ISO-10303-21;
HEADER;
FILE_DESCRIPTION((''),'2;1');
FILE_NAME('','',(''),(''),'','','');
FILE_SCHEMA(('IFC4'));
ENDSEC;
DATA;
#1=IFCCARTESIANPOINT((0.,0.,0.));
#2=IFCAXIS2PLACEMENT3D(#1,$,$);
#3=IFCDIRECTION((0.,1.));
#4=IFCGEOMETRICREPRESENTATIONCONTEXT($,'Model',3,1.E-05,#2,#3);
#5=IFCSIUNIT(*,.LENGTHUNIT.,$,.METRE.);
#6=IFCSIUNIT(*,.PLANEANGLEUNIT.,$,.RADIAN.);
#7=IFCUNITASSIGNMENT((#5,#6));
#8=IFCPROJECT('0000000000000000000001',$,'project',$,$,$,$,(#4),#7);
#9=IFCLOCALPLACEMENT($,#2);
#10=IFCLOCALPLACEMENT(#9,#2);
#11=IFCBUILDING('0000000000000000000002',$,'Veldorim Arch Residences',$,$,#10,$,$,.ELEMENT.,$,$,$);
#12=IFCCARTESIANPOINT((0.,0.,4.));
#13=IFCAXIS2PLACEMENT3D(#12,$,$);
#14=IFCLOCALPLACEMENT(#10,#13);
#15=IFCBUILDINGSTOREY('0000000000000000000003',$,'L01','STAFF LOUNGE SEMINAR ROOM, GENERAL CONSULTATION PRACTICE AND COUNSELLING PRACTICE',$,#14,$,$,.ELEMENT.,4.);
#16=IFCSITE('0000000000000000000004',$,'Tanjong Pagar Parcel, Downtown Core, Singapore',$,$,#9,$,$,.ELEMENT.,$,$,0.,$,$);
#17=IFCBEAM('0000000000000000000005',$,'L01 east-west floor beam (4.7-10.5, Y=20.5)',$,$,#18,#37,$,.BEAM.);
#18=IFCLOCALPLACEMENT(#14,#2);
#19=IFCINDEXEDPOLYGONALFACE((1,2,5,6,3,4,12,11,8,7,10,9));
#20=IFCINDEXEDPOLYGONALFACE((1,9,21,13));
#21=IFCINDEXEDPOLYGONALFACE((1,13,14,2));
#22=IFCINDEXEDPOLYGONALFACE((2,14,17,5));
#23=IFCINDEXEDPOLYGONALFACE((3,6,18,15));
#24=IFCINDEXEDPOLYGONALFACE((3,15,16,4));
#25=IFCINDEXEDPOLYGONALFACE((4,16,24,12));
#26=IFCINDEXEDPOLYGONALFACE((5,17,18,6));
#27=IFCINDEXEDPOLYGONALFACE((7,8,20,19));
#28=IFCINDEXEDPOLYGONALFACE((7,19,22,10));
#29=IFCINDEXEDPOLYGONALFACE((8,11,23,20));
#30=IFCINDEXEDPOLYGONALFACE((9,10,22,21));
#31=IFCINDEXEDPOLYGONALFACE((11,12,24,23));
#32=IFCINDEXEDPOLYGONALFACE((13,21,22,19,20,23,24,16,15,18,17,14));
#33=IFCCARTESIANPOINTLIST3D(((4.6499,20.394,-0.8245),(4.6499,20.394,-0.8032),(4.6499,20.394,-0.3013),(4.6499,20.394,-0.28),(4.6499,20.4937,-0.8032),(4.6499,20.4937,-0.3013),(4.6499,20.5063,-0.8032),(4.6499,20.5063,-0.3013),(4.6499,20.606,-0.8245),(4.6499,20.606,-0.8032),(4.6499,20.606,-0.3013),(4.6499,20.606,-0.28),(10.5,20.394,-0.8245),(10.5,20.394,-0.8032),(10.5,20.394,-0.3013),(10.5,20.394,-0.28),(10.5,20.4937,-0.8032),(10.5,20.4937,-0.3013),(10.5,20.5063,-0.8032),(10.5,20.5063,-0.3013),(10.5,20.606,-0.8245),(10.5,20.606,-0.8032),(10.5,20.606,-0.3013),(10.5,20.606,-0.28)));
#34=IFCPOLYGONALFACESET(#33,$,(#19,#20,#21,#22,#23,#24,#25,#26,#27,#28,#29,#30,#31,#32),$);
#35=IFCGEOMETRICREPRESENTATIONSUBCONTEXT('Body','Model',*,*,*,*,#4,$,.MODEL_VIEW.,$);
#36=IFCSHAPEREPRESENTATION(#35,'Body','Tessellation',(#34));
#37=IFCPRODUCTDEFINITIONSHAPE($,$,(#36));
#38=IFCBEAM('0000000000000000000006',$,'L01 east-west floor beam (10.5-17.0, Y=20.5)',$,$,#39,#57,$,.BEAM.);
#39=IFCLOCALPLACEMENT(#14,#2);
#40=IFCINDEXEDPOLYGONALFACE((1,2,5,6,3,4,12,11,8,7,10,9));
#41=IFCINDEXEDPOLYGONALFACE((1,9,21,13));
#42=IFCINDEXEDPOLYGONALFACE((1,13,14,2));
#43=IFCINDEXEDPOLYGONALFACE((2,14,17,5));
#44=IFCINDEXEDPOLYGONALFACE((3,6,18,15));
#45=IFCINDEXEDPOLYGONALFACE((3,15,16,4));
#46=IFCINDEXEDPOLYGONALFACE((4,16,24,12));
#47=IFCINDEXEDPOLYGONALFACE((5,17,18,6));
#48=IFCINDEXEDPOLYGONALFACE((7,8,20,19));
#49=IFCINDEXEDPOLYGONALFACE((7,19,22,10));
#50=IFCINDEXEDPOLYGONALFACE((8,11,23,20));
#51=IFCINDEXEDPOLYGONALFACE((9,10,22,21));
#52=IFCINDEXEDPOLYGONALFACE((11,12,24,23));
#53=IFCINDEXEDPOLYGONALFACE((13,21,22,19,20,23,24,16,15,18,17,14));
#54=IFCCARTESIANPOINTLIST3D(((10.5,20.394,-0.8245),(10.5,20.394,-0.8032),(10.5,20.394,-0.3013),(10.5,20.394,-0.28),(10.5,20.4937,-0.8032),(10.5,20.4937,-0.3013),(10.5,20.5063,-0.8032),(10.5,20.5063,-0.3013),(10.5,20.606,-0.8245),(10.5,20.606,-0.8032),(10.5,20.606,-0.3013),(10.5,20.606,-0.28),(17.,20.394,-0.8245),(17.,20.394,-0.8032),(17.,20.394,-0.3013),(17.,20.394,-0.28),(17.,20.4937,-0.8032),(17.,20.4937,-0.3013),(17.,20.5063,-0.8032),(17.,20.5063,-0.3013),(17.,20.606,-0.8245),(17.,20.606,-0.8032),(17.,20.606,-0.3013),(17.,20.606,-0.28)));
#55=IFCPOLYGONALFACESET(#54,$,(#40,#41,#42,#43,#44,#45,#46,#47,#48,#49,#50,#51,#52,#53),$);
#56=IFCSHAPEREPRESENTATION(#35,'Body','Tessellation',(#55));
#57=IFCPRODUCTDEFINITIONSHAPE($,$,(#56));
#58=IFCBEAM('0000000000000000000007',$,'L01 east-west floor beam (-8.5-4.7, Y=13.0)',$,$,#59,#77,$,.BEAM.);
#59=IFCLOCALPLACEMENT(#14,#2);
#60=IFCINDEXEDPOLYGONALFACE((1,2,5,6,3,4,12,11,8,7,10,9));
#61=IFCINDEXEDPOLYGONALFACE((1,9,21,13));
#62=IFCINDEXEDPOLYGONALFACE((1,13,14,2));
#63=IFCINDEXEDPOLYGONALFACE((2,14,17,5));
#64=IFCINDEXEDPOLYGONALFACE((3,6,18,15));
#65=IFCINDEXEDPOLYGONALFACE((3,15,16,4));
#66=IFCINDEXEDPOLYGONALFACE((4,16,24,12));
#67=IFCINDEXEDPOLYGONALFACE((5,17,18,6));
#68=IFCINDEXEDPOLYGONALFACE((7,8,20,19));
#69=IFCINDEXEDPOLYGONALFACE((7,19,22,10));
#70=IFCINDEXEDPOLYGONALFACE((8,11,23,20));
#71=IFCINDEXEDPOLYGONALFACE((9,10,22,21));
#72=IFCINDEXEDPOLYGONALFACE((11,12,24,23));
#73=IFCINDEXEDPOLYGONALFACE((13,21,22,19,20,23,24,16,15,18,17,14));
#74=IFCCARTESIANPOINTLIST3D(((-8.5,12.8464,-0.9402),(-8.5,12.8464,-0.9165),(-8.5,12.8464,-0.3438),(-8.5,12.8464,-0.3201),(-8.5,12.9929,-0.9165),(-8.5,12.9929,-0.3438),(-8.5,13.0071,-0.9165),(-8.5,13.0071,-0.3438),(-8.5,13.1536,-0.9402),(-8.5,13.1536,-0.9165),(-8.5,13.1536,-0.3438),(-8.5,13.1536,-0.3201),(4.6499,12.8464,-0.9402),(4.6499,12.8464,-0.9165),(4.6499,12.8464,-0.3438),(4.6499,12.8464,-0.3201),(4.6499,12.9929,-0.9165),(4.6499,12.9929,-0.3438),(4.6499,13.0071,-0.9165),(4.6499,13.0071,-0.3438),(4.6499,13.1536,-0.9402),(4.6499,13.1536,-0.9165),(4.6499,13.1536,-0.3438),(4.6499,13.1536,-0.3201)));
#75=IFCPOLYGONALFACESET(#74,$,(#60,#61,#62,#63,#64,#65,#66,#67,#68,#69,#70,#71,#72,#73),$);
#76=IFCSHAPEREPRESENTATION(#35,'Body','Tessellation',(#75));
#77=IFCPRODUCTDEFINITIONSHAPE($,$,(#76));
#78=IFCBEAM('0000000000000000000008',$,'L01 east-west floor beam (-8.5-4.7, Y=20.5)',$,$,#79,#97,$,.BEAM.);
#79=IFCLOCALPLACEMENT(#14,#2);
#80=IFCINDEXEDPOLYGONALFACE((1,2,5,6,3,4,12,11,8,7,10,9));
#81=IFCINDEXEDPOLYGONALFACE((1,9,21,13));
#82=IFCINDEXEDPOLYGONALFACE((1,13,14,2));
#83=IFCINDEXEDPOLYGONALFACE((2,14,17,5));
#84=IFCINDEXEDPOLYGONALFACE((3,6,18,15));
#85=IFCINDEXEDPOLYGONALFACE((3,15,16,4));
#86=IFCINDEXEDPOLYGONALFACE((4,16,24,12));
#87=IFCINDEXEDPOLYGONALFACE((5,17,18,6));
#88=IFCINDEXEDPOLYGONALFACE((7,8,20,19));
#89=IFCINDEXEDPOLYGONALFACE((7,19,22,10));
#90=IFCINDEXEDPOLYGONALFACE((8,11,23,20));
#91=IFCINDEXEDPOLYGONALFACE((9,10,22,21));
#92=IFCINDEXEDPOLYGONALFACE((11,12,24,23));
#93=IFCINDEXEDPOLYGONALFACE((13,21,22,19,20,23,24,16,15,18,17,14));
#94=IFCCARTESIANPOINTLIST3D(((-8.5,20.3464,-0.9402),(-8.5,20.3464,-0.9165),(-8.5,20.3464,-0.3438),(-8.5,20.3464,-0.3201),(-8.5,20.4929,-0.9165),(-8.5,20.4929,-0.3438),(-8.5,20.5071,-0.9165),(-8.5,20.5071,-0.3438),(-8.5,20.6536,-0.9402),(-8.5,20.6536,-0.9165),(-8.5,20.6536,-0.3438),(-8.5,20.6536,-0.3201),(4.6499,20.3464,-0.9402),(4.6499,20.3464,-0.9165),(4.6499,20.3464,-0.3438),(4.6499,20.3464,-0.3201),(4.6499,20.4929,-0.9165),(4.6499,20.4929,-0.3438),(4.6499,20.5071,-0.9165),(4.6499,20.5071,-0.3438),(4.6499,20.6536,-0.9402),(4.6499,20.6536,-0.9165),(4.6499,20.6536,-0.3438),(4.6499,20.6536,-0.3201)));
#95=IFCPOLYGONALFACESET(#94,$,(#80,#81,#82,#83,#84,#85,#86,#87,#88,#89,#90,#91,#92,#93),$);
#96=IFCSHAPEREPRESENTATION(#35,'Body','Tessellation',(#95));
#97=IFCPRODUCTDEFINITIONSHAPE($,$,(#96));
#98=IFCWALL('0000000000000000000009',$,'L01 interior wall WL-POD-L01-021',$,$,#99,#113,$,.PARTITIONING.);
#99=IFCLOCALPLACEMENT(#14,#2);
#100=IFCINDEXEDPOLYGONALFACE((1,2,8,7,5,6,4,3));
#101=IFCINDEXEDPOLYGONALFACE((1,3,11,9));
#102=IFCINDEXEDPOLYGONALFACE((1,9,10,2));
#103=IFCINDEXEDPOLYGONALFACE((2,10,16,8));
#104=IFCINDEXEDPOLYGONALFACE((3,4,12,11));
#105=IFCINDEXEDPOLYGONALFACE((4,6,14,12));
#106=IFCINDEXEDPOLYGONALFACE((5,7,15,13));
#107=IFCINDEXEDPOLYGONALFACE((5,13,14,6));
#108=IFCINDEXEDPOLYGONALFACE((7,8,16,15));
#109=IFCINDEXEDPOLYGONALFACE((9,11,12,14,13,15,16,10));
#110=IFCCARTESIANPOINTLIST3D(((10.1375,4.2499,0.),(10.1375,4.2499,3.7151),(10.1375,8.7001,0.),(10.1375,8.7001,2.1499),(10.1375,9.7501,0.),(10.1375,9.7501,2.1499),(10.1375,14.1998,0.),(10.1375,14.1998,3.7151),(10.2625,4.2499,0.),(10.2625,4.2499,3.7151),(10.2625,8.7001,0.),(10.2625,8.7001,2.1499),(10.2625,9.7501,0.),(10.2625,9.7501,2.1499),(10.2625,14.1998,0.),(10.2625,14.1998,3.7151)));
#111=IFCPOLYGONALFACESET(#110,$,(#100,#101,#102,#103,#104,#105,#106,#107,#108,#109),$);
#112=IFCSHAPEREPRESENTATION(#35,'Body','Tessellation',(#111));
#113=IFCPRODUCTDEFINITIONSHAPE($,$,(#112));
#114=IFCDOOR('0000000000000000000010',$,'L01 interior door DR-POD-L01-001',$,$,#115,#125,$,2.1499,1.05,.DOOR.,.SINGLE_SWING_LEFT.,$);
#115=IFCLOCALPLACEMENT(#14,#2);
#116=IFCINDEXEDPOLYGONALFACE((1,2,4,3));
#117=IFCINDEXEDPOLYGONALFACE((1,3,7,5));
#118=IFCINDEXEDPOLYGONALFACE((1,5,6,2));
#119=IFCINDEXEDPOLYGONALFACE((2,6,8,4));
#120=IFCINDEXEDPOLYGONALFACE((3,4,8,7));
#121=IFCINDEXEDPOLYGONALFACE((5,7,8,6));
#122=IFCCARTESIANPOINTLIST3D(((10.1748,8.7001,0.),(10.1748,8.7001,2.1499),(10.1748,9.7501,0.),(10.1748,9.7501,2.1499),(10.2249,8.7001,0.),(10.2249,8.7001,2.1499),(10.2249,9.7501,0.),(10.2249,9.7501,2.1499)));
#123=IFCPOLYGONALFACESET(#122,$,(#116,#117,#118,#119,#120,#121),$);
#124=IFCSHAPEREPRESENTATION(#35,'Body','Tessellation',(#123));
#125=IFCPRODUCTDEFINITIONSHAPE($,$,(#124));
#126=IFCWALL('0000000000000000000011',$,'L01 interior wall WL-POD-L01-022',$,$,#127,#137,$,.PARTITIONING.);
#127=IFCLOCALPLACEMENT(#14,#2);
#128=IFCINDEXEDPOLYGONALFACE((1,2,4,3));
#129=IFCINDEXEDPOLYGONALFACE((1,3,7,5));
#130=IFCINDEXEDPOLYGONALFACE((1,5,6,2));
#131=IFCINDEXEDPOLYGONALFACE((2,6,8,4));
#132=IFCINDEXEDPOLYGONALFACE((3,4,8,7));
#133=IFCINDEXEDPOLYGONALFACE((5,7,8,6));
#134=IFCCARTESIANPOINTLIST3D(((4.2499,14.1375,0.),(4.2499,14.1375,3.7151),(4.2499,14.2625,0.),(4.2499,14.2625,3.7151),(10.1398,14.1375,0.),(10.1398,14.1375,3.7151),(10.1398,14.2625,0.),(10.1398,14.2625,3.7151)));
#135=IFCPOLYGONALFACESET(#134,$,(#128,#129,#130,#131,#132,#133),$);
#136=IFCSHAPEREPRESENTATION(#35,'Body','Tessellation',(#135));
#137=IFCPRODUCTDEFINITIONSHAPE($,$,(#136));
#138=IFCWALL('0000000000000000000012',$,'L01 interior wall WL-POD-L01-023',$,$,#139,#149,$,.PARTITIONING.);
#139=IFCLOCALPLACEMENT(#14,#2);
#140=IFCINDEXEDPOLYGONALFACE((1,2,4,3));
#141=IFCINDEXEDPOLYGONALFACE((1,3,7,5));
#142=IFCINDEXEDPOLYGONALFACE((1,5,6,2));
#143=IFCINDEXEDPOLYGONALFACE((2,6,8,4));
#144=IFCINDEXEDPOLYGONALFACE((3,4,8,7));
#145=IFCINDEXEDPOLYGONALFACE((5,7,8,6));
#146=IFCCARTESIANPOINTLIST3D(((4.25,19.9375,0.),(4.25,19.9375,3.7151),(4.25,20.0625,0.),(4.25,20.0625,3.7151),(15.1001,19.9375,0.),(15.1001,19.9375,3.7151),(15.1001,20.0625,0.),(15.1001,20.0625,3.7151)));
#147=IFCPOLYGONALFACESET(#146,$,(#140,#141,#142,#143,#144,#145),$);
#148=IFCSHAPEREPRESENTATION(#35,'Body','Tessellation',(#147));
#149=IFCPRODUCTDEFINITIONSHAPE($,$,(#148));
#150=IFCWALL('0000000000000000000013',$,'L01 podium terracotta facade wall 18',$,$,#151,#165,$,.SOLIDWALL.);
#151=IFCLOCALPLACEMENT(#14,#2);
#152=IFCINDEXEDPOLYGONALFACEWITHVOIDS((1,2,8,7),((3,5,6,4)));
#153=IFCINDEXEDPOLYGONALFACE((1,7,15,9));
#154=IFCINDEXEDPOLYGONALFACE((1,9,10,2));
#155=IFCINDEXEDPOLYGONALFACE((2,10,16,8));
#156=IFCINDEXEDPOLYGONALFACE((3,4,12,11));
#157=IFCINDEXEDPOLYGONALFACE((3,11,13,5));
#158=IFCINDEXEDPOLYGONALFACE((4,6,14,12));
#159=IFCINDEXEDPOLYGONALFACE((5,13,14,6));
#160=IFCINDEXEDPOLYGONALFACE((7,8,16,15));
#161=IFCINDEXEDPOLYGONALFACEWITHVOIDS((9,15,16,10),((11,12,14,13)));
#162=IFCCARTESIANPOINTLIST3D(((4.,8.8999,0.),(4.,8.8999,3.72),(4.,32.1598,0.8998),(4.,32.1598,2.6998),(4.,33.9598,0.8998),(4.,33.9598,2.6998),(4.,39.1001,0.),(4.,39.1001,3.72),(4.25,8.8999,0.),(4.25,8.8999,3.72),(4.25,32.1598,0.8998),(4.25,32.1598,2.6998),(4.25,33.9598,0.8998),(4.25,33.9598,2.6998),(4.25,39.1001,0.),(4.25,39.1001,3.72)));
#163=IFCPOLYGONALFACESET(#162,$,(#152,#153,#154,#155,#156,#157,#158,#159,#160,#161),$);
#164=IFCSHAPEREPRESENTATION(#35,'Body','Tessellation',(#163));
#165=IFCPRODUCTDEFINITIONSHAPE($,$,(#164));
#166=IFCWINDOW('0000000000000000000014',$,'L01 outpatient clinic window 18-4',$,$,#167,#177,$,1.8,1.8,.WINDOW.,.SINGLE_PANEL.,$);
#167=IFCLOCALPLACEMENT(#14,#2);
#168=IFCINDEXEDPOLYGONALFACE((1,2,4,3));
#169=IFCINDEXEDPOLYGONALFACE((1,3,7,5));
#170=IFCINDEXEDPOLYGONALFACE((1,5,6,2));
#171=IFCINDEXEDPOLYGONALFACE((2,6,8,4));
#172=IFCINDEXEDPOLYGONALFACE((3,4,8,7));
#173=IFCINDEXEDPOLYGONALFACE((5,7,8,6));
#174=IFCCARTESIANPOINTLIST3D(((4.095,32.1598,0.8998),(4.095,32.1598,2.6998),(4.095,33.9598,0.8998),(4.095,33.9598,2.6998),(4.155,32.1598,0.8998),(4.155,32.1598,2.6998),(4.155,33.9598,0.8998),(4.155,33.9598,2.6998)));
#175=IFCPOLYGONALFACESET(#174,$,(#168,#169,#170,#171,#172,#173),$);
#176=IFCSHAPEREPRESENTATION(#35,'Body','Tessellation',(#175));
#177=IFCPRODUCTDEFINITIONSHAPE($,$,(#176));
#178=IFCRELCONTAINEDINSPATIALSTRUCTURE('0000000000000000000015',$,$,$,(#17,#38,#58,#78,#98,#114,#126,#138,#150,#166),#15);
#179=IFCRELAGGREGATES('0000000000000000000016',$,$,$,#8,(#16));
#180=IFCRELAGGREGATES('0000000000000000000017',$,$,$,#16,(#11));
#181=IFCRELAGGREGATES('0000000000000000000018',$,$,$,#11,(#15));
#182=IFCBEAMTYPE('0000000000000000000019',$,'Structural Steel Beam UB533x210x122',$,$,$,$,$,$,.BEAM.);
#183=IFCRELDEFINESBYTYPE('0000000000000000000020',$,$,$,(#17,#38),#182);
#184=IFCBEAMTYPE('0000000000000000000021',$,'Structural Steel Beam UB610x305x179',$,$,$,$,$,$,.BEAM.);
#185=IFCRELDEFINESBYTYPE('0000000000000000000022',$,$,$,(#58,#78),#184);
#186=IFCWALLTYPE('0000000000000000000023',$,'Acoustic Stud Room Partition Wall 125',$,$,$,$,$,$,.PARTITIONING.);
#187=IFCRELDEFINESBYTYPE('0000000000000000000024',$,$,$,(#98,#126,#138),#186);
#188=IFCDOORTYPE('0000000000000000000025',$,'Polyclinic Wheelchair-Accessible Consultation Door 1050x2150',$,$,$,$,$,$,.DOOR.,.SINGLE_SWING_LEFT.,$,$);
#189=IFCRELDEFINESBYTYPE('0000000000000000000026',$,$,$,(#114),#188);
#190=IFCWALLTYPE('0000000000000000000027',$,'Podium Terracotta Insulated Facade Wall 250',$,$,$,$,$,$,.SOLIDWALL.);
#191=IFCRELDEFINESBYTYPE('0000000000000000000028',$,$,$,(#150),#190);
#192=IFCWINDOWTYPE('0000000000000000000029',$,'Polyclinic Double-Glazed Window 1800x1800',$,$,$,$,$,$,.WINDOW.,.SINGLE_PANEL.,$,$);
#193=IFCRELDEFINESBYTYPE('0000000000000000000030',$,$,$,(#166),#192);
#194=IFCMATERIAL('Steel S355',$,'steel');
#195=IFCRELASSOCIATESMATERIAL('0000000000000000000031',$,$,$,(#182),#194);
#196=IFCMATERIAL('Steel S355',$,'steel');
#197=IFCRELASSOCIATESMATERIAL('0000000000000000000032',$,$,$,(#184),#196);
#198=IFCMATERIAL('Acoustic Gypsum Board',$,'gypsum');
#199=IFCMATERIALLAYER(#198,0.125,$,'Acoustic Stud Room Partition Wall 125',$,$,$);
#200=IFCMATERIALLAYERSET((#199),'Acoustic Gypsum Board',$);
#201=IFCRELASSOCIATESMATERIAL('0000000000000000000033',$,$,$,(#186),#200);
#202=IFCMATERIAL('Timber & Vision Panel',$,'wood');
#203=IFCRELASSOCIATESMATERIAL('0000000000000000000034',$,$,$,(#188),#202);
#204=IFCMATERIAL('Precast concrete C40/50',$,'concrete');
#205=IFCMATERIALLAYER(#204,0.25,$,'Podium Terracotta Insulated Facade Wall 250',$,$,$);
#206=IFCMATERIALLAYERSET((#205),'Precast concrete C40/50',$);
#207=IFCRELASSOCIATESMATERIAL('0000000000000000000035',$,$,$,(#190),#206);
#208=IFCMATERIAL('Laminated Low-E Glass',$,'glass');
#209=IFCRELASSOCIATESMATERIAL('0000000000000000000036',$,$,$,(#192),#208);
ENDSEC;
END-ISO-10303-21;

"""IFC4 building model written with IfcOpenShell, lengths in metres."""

from ifc_helpers import new_model, si_unit, direction, frame, frame_2d, origin, origin_2d, place, context, subcontext, project, spatial, rectangle, i_section, extrude, material, layer, layer_set, material_profile, profile_set, type_object, element, fill, save


model = new_model("IFC4")

# Units and contexts
model_context = context("Model", 3, precision=1e-05, world=origin(), true_north=direction((0.0, 1.0)))
body_context = subcontext(model_context, "Body", "Model", "MODEL_VIEW")
ifc_project = project(units=[si_unit("LENGTHUNIT", "METRE"), si_unit("PLANEANGLEUNIT", "RADIAN")], contexts=[model_context])

# Site, building, storey
site_placement = place(None, origin())
site = spatial("IfcSite", under=ifc_project, at=site_placement, Name="Tanjong Pagar Parcel, Downtown Core, Singapore", CompositionType="ELEMENT", RefElevation=0.0)
building_placement = place(site_placement, origin())
building = spatial("IfcBuilding", under=site, at=building_placement, Name="Veldorim Arch Residences", CompositionType="ELEMENT")
storey_placement = place(building_placement, frame((0.0, 0.0, 4.0)))
storey = spatial("IfcBuildingStorey", under=building, at=storey_placement, Name="L01", Description="STAFF LOUNGE SEMINAR ROOM, GENERAL CONSULTATION PRACTICE AND COUNSELLING PRACTICE", CompositionType="ELEMENT", Elevation=4.0)

# Beams
ifc_material_1 = material(Name="Steel S355", Category="steel")
ifc_material_profile_1 = material_profile(ifc_material_1, i_section(OverallWidth=0.2119, OverallDepth=0.5444, WebThickness=0.0127, FlangeThickness=0.0212, at=origin_2d()), Name="UB533x210x122")
ifc_profile_set_1 = profile_set([ifc_material_profile_1], Name="Steel S355")
beam_type_1 = type_object("IfcBeamType", Name="Structural Steel Beam UB533x210x122", PredefinedType="BEAM", material=ifc_profile_set_1)
beam_1_placement = place(storey_placement, frame((4.6499, 20.5, -0.5522), z_axis=(1.0, 0.0, 0.0), x_axis=(0.0, 1.0, 0.0)))
element("IfcBeam", 1, at=beam_1_placement, inside=storey, type_object=beam_type_1, Name="L01 east-west floor beam (4.7-10.5, Y=20.5)", PredefinedType="BEAM", context=body_context, shape_type="SweptSolid", body=[
    extrude(i_section(OverallWidth=0.2119, OverallDepth=0.5444, WebThickness=0.0127, FlangeThickness=0.0212, at=origin_2d()), origin(), (0.0, 0.0, 1.0), 5.8501),
])
beam_2_placement = place(storey_placement, frame((10.5, 20.5, -0.5522), z_axis=(1.0, 0.0, 0.0), x_axis=(0.0, 1.0, 0.0)))
element("IfcBeam", 2, at=beam_2_placement, inside=storey, type_object=beam_type_1, Name="L01 east-west floor beam (10.5-17.0, Y=20.5)", PredefinedType="BEAM", context=body_context, shape_type="SweptSolid", body=[
    extrude(i_section(OverallWidth=0.2119, OverallDepth=0.5444, WebThickness=0.0127, FlangeThickness=0.0212, at=origin_2d()), origin(), (0.0, 0.0, 1.0), 6.5),
])
ifc_material_2 = material(Name="Steel S355", Category="steel")
ifc_material_profile_2 = material_profile(ifc_material_2, i_section(OverallWidth=0.3071, OverallDepth=0.6201, WebThickness=0.0142, FlangeThickness=0.0237, at=origin_2d()), Name="UB610x305x179")
ifc_profile_set_2 = profile_set([ifc_material_profile_2], Name="Steel S355")
beam_type_2 = type_object("IfcBeamType", Name="Structural Steel Beam UB610x305x179", PredefinedType="BEAM", material=ifc_profile_set_2)
for number, where, z_axis, x_axis, name in (
    (3, (-8.5, 13.0, -0.6301), (1.0, 0.0, 0.0), (0.0, 1.0, 0.0), "L01 east-west floor beam (-8.5-4.7, Y=13.0)"),
    (4, (-8.5, 20.5, -0.6301), (1.0, 0.0, 0.0), (0.0, 1.0, 0.0), "L01 east-west floor beam (-8.5-4.7, Y=20.5)"),
):
    element("IfcBeam", number, at=place(storey_placement, frame(where, z_axis=z_axis, x_axis=x_axis)), inside=storey, type_object=beam_type_2, Name=name, PredefinedType="BEAM", context=body_context, shape_type="SweptSolid", body=[
        extrude(i_section(OverallWidth=0.3071, OverallDepth=0.6201, WebThickness=0.0142, FlangeThickness=0.0237, at=origin_2d()), origin(), (0.0, 0.0, 1.0), 13.1499),
    ])

# Wall, opening, door
ifc_material_3 = material(Name="Acoustic Gypsum Board", Category="gypsum")
ifc_layer_1 = layer(ifc_material_3, 0.125, Name="Acoustic Stud Room Partition Wall 125")
ifc_layer_set_1 = layer_set([ifc_layer_1], Name="Acoustic Gypsum Board")
wall_type_1 = type_object("IfcWallType", Name="Acoustic Stud Room Partition Wall 125", PredefinedType="PARTITIONING", material=ifc_layer_set_1)
wall_1_placement = place(storey_placement, frame((10.2, 14.2, 0.0), z_axis=(0.0, 0.0, 1.0), x_axis=(0.0, -1.0, 0.0)))
wall_1 = element("IfcWall", 5, at=wall_1_placement, inside=storey, type_object=wall_type_1, Name="L01 interior wall WL-POD-L01-021", PredefinedType="PARTITIONING", context=body_context, shape_type="SweptSolid", body=[
    extrude(rectangle(XDim=9.95, YDim=0.125, at=frame_2d((4.9751, 0.0))), origin(), (0.0, 0.0, 1.0), 3.7151),
])
opening_1_placement = place(wall_1_placement, frame((4.45, 0.0, 0.0)))
opening_1 = element("IfcOpeningElement", 6, at=opening_1_placement, cuts=wall_1, PredefinedType="OPENING", context=body_context, shape_type="SweptSolid", body=[
    extrude(rectangle(XDim=1.05, YDim=2.1499, at=frame_2d((0.5249, 1.075))), frame((0.0, 0.0725, 0.0), z_axis=(0.0, -1.0, 0.0), x_axis=(1.0, 0.0, 0.0)), (0.0, 0.0, 1.0), 0.145),
])
ifc_material_4 = material(Name="Timber & Vision Panel", Category="wood")
door_type = type_object("IfcDoorType", Name="Polyclinic Wheelchair-Accessible Consultation Door 1050x2150", OperationType="SINGLE_SWING_LEFT", PredefinedType="DOOR", material=ifc_material_4)
door_placement = place(opening_1_placement, origin())
door = element("IfcDoor", 7, at=door_placement, inside=storey, type_object=door_type, Name="L01 interior door DR-POD-L01-001", OperationType="SINGLE_SWING_LEFT", OverallHeight=2.1499, OverallWidth=1.05, PredefinedType="DOOR", context=body_context, shape_type="SweptSolid", body=[
    extrude(rectangle(XDim=1.05, YDim=2.1499, at=frame_2d((0.5249, 1.075))), frame((0.0, 0.0249, 0.0), z_axis=(0.0, -1.0, 0.0), x_axis=(1.0, 0.0, 0.0)), (0.0, 0.0, 1.0), 0.05),
])
fill(opening_1, door)

# Walls
wall_2_placement = place(storey_placement, frame((4.25, 14.2, 0.0), z_axis=(0.0, 0.0, 1.0), x_axis=(1.0, 0.0, 0.0)))
element("IfcWall", 8, at=wall_2_placement, inside=storey, type_object=wall_type_1, Name="L01 interior wall WL-POD-L01-022", PredefinedType="PARTITIONING", context=body_context, shape_type="SweptSolid", body=[
    extrude(rectangle(XDim=5.8899, YDim=0.125, at=frame_2d((2.9448, 0.0))), origin(), (0.0, 0.0, 1.0), 3.7151),
])
wall_3_placement = place(storey_placement, frame((4.25, 20.0, 0.0), z_axis=(0.0, 0.0, 1.0), x_axis=(1.0, 0.0, 0.0)))
element("IfcWall", 9, at=wall_3_placement, inside=storey, type_object=wall_type_1, Name="L01 interior wall WL-POD-L01-023", PredefinedType="PARTITIONING", context=body_context, shape_type="SweptSolid", body=[
    extrude(rectangle(XDim=10.8501, YDim=0.125, at=frame_2d((5.425, 0.0))), origin(), (0.0, 0.0, 1.0), 3.7151),
])

# Wall, opening, window
ifc_material_5 = material(Name="Precast concrete C40/50", Category="concrete")
ifc_layer_2 = layer(ifc_material_5, 0.25, Name="Podium Terracotta Insulated Facade Wall 250")
ifc_layer_set_2 = layer_set([ifc_layer_2], Name="Precast concrete C40/50")
wall_type_2 = type_object("IfcWallType", Name="Podium Terracotta Insulated Facade Wall 250", PredefinedType="SOLIDWALL", material=ifc_layer_set_2)
wall_4_placement = place(storey_placement, frame((4.125, 8.8999, 0.0), z_axis=(0.0, 0.0, 1.0), x_axis=(0.0, 1.0, 0.0)))
wall_4 = element("IfcWall", 10, at=wall_4_placement, inside=storey, type_object=wall_type_2, Name="L01 podium terracotta facade wall 18", PredefinedType="SOLIDWALL", context=body_context, shape_type="SweptSolid", body=[
    extrude(rectangle(XDim=30.2002, YDim=0.25, at=frame_2d((15.1001, 0.0))), origin(), (0.0, 0.0, 1.0), 3.72),
])
opening_2_placement = place(wall_4_placement, frame((23.26, 0.0, 0.8999)))
opening_2 = element("IfcOpeningElement", 11, at=opening_2_placement, cuts=wall_4, PredefinedType="OPENING", context=body_context, shape_type="SweptSolid", body=[
    extrude(rectangle(XDim=1.8, YDim=1.8, at=frame_2d((0.8999, 0.8999))), frame((0.0, 0.135, 0.0), z_axis=(0.0, -1.0, 0.0), x_axis=(1.0, 0.0, 0.0)), (0.0, 0.0, 1.0), 0.27),
])
ifc_material_6 = material(Name="Laminated Low-E Glass", Category="glass")
window_type = type_object("IfcWindowType", Name="Polyclinic Double-Glazed Window 1800x1800", PartitioningType="SINGLE_PANEL", PredefinedType="WINDOW", material=ifc_material_6)
window_placement = place(opening_2_placement, origin())
window = element("IfcWindow", 12, at=window_placement, inside=storey, type_object=window_type, Name="L01 outpatient clinic window 18-4", OverallHeight=1.8, OverallWidth=1.8, PartitioningType="SINGLE_PANEL", PredefinedType="WINDOW", context=body_context, shape_type="SweptSolid", body=[
    extrude(rectangle(XDim=1.8, YDim=1.8, at=frame_2d((0.8999, 0.8999))), frame((0.0, 0.03, 0.0), z_axis=(0.0, -1.0, 0.0), x_axis=(1.0, 0.0, 0.0)), (0.0, 0.0, 1.0), 0.0601),
])
fill(opening_2, window)

save(model, "model.ifc")
